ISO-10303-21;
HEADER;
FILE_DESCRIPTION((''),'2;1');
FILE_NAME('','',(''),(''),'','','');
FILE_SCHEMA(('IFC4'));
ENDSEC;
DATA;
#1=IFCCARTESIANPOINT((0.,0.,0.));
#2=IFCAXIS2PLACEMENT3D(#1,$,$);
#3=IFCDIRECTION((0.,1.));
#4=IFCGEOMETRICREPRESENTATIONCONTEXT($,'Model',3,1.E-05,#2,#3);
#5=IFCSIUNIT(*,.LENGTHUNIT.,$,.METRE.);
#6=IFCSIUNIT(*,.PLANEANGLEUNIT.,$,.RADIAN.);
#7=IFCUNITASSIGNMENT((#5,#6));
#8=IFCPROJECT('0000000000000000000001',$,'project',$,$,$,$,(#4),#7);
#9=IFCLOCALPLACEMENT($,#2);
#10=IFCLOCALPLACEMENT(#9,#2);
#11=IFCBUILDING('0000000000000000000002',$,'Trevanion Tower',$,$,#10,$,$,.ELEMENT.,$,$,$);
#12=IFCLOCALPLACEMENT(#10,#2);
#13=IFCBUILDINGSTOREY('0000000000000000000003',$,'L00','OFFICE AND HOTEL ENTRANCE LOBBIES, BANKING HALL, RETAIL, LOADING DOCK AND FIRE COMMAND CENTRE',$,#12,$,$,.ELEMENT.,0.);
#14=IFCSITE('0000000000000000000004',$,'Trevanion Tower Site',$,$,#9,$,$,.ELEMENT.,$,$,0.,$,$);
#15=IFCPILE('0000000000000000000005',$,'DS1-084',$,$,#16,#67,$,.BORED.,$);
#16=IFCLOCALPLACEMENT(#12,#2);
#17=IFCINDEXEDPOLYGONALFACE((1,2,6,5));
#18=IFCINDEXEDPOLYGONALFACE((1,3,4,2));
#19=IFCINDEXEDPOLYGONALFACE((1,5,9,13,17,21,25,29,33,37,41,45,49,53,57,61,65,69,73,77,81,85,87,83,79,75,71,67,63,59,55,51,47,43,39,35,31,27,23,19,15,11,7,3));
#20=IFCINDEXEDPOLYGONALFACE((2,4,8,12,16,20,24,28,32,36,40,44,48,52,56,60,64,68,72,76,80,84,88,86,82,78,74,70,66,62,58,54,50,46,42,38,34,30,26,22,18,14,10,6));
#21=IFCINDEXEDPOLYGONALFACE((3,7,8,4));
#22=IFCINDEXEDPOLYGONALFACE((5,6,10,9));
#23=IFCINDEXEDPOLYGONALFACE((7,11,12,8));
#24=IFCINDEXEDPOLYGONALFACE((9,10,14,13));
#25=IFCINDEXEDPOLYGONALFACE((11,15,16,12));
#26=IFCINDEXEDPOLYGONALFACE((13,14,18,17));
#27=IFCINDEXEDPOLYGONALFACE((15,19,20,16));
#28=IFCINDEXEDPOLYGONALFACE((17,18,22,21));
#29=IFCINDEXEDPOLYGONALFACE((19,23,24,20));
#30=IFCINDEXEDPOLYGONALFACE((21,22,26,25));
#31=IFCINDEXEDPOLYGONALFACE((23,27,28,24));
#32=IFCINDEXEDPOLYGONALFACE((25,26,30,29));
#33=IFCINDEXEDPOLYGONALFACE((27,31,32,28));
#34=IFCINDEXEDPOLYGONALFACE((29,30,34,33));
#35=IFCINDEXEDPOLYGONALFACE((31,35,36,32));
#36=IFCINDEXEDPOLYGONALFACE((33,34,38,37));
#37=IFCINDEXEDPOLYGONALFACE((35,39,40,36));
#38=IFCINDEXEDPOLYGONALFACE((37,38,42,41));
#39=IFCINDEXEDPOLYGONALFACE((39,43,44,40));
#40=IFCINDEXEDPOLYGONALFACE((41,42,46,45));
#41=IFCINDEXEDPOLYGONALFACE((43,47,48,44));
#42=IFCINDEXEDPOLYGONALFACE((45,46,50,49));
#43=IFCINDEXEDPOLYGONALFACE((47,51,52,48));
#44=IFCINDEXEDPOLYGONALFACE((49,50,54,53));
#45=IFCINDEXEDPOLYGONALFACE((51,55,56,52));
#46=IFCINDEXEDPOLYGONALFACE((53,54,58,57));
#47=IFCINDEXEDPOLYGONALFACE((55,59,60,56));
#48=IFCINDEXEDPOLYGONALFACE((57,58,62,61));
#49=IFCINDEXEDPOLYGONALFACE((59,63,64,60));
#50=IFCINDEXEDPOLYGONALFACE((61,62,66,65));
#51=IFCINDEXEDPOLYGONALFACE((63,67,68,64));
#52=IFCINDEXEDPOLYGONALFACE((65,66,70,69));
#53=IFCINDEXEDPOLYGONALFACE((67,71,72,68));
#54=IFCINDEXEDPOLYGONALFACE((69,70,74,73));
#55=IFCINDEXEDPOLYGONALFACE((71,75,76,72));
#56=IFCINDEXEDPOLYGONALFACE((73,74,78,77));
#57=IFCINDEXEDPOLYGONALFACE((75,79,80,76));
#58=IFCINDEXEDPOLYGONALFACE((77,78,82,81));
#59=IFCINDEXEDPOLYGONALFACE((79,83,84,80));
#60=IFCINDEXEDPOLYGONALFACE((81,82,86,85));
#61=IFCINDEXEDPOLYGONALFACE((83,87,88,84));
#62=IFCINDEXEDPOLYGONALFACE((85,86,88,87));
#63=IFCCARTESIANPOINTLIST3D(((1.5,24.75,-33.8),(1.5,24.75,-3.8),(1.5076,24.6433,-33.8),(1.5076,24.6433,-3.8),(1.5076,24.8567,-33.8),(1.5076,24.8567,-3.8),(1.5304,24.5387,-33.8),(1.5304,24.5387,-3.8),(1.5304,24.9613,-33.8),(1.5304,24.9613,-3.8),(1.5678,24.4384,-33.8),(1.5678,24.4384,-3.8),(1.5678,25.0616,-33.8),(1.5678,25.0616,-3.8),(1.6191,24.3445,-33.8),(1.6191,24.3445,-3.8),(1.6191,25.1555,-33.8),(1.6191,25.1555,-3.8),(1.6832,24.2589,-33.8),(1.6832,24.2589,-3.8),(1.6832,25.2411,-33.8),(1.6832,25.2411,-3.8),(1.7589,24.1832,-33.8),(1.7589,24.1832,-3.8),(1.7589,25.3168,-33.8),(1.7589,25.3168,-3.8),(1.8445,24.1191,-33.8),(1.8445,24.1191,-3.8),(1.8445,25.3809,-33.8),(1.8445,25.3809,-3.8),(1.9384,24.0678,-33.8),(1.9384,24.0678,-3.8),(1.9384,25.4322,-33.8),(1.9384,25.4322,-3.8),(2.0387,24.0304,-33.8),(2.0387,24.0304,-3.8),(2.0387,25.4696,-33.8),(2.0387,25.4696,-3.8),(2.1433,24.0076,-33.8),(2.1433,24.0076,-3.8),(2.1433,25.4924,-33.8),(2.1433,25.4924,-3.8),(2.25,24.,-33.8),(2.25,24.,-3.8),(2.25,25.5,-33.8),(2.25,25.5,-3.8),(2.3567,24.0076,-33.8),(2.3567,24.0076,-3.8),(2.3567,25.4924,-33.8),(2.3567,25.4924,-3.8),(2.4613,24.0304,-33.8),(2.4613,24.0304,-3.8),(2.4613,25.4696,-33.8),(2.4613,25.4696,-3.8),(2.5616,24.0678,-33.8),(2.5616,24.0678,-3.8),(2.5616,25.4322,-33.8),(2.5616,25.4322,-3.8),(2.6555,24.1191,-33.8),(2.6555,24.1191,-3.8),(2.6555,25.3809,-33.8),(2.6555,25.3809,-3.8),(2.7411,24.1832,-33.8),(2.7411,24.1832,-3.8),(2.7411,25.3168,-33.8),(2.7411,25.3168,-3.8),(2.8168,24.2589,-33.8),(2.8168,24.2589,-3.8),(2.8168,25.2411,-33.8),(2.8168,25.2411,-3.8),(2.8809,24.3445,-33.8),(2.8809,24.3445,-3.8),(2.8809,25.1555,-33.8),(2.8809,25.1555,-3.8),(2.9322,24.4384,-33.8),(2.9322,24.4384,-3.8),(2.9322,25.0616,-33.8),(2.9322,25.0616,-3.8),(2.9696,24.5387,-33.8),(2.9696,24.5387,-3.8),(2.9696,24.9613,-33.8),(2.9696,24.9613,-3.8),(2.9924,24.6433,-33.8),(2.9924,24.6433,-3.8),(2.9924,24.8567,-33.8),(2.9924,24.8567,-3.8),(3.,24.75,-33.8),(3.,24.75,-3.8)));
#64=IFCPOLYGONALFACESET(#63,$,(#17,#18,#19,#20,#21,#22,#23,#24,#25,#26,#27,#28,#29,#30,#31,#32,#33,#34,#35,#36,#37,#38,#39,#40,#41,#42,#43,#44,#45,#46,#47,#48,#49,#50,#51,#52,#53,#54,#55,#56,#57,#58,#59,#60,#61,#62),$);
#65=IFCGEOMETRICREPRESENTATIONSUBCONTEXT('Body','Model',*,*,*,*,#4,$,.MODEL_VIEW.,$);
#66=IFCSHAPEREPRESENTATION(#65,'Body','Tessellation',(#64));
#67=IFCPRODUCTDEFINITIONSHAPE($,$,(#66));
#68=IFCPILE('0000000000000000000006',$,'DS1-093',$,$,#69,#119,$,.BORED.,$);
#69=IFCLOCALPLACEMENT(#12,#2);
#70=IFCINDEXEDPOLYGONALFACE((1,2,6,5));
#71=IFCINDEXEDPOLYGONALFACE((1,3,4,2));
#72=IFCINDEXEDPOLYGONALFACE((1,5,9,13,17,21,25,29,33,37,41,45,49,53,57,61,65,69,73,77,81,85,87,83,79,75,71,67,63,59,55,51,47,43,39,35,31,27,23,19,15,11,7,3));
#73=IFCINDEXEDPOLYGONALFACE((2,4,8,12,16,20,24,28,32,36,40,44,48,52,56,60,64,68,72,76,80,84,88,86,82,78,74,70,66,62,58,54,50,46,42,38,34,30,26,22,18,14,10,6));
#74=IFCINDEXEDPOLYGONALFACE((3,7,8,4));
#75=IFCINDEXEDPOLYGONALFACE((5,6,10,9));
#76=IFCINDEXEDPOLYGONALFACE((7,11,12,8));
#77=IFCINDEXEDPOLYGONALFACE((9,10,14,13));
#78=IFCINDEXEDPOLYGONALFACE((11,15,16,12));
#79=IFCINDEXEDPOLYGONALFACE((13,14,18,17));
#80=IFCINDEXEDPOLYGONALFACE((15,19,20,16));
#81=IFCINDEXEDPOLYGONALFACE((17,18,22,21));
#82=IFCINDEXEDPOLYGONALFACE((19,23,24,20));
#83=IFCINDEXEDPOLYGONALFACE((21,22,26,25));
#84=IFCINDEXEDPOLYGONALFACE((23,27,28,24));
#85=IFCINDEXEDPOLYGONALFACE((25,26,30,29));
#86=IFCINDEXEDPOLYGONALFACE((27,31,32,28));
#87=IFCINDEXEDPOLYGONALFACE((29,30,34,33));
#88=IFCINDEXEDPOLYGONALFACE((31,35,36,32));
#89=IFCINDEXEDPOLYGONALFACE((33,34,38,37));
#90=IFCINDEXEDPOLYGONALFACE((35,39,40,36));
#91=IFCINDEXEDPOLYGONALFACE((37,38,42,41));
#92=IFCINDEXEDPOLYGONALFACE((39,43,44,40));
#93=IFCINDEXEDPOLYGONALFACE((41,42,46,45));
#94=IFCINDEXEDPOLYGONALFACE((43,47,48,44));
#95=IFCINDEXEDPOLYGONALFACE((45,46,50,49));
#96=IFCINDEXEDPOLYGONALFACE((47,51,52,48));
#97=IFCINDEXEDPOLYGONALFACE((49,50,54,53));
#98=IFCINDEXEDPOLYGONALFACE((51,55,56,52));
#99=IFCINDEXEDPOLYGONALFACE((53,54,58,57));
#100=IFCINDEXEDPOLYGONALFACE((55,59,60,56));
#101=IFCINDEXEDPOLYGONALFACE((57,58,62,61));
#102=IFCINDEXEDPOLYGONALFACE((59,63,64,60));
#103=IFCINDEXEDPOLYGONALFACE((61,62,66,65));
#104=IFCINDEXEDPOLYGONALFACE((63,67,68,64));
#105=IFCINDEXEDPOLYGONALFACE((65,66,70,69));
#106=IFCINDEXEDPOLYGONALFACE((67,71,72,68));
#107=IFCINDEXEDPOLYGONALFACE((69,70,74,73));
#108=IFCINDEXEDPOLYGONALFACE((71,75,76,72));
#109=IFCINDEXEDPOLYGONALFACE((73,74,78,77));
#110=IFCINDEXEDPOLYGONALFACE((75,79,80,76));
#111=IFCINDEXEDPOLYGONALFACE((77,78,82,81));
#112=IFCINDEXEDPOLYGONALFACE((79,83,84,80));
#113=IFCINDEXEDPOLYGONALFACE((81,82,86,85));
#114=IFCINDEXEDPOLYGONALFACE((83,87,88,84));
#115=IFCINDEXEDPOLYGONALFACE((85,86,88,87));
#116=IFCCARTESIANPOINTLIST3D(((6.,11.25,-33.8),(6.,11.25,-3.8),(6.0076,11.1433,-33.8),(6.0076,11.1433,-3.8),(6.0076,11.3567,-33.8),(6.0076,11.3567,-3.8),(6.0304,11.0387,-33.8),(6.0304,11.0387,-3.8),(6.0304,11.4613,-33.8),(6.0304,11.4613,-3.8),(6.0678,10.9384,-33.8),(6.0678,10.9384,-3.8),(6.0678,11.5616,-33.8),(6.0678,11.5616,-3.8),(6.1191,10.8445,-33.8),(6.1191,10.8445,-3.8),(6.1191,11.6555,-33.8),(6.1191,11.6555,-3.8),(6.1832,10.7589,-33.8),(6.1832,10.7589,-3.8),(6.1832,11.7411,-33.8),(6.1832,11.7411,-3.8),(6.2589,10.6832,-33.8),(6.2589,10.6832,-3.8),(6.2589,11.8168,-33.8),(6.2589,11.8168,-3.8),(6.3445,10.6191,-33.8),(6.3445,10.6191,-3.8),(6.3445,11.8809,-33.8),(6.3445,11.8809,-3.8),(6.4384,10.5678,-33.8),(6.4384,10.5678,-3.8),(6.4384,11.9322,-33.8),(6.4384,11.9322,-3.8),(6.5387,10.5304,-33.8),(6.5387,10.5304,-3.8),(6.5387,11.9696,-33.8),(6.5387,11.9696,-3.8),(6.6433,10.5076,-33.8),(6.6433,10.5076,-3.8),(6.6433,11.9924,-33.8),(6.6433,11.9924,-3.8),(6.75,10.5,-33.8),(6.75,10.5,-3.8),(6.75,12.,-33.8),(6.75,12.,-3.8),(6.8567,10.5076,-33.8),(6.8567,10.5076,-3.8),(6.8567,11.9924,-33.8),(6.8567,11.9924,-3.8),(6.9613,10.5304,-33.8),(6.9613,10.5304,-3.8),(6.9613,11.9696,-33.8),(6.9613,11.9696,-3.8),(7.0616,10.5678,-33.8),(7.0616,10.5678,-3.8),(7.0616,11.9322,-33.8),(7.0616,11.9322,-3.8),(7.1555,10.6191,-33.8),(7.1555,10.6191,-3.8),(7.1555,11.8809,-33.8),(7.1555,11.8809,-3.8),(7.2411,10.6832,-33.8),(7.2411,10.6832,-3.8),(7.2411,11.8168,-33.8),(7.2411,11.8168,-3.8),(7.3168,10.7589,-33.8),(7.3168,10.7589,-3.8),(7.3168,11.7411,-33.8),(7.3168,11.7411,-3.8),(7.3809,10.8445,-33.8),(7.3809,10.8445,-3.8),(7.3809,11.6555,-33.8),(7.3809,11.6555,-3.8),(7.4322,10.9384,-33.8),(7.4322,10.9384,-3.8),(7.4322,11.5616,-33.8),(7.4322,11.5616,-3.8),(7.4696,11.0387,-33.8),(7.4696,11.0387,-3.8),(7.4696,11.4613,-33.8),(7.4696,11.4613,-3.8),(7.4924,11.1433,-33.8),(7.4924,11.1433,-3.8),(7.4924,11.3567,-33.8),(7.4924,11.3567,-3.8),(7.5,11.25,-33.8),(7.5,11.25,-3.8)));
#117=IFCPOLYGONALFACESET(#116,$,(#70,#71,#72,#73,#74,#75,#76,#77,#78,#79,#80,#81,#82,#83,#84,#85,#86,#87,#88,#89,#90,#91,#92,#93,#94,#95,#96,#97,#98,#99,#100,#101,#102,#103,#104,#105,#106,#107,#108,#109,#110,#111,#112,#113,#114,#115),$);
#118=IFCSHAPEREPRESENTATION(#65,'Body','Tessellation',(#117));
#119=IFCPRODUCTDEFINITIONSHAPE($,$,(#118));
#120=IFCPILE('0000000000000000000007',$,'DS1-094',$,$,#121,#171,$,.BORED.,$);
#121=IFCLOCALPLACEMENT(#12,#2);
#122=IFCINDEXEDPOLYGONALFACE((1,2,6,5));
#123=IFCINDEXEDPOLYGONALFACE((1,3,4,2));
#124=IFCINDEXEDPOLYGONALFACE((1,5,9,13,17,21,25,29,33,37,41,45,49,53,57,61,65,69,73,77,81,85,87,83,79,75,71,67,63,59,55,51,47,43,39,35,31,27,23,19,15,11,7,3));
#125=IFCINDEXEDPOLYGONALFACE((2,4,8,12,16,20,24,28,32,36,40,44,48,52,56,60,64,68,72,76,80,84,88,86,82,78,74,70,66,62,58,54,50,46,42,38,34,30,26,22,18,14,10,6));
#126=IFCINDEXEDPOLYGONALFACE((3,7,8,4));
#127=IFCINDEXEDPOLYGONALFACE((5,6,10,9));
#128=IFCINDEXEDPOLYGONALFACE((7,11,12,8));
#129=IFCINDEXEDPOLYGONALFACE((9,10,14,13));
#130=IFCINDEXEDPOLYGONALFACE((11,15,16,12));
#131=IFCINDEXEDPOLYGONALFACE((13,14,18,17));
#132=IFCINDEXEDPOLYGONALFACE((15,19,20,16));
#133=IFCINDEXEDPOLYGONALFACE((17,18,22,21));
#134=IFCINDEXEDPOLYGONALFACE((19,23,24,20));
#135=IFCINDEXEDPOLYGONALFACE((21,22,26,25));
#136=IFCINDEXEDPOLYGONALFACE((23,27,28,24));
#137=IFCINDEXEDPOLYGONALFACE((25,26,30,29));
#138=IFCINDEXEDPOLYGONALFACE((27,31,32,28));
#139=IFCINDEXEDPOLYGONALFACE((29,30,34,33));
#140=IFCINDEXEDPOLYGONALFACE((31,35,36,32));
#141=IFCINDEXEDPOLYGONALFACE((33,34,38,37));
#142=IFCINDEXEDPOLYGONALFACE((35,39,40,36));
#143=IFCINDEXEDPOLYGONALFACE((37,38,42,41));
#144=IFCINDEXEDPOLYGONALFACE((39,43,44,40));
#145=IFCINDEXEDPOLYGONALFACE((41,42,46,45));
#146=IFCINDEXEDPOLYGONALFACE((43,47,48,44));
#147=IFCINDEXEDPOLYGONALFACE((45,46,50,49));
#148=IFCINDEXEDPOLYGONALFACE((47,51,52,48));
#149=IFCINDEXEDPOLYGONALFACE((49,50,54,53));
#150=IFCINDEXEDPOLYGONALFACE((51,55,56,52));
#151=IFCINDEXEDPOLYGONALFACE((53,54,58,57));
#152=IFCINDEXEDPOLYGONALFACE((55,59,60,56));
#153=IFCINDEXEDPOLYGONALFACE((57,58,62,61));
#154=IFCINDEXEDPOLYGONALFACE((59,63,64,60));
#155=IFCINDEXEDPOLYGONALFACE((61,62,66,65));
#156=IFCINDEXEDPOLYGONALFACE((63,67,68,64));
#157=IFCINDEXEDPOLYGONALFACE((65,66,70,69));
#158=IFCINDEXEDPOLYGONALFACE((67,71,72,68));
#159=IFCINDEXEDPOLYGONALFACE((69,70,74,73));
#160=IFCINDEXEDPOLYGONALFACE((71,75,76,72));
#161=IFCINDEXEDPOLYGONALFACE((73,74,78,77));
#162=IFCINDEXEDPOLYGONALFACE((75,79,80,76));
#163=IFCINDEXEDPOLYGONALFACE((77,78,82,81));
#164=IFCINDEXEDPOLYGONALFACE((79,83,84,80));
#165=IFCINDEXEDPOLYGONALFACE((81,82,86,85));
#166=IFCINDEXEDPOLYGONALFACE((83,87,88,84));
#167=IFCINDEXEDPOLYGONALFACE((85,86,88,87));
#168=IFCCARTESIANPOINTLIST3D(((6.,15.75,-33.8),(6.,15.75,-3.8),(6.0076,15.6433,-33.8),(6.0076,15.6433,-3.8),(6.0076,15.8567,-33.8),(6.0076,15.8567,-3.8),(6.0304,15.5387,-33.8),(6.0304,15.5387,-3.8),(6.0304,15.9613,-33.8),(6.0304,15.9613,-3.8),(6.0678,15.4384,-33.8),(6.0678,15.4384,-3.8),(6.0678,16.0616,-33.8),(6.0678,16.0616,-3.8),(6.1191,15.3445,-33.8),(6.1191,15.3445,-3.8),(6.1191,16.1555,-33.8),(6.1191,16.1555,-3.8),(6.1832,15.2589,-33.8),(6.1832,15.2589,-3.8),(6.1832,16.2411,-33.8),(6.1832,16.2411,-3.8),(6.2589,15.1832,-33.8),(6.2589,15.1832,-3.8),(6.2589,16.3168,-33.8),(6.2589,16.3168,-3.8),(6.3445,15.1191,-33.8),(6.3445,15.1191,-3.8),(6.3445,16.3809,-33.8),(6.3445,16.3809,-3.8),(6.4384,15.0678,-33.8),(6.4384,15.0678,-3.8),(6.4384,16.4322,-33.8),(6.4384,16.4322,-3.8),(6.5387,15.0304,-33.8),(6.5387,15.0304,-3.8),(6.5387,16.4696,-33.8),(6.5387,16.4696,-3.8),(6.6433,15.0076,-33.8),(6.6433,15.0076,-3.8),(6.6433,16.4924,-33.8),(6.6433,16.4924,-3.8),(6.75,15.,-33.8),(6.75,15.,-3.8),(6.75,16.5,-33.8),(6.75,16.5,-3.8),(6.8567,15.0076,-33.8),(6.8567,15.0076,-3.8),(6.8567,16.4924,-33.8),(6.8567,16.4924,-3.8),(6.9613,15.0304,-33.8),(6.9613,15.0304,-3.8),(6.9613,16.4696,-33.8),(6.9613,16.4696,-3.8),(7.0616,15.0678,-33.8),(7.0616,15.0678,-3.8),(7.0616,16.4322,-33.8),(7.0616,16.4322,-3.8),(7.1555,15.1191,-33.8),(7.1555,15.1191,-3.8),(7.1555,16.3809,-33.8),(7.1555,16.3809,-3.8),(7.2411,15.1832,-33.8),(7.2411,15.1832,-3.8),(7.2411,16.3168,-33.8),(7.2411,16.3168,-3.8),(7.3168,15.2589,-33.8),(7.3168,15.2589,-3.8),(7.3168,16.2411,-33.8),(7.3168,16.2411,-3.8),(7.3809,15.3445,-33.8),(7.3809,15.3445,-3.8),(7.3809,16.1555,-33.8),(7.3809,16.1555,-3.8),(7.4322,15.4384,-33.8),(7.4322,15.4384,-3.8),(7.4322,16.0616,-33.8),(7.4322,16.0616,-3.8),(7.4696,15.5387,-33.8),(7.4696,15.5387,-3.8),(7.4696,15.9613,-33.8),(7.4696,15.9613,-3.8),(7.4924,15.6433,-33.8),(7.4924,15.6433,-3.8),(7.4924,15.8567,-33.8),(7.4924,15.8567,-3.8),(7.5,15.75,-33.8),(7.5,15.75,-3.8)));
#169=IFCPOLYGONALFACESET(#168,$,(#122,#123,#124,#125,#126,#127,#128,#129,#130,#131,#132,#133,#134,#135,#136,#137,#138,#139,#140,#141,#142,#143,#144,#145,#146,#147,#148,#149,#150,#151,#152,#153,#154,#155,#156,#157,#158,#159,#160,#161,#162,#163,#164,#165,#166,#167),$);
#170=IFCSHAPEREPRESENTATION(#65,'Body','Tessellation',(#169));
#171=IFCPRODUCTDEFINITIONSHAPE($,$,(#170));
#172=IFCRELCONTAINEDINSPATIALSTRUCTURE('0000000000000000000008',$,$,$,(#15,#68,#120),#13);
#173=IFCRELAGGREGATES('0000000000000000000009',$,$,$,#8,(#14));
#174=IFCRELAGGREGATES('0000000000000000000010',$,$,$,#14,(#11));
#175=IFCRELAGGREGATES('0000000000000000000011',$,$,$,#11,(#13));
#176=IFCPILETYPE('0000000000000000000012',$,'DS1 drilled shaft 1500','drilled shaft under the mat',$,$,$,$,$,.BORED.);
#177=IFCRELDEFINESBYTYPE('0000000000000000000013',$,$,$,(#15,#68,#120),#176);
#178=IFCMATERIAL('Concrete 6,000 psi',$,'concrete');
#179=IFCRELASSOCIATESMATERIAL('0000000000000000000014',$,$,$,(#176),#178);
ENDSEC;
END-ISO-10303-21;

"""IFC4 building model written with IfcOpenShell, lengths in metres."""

from ifc_helpers import new_model, si_unit, direction, frame, origin, origin_2d, place, context, subcontext, project, spatial, circle, extrude, material, material_profile, profile_set, type_object, element, save


model = new_model("IFC4")

# Units and contexts
model_context = context("Model", 3, precision=1e-05, world=origin(), true_north=direction((0.0, 1.0)))
body_context = subcontext(model_context, "Body", "Model", "MODEL_VIEW")
ifc_project = project(units=[si_unit("LENGTHUNIT", "METRE"), si_unit("PLANEANGLEUNIT", "RADIAN")], contexts=[model_context])

# Site, building, storey
site_placement = place(None, origin())
site = spatial("IfcSite", under=ifc_project, at=site_placement, Name="Trevanion Tower Site", CompositionType="ELEMENT", RefElevation=0.0)
building_placement = place(site_placement, origin())
building = spatial("IfcBuilding", under=site, at=building_placement, Name="Trevanion Tower", CompositionType="ELEMENT")
storey_placement = place(building_placement, origin())
storey = spatial("IfcBuildingStorey", under=building, at=storey_placement, Name="L00", Description="OFFICE AND HOTEL ENTRANCE LOBBIES, BANKING HALL, RETAIL, LOADING DOCK AND FIRE COMMAND CENTRE", CompositionType="ELEMENT", Elevation=0.0)

# Piles
ifc_material_1 = material(Name="Concrete 6,000 psi", Category="concrete")
ifc_material_profile_1 = material_profile(ifc_material_1, circle(Radius=0.75, at=origin_2d()), Name="DS1 drilled shaft 1500")
ifc_profile_set_1 = profile_set([ifc_material_profile_1], Name="Concrete 6,000 psi")
pile_type = type_object("IfcPileType", Name="DS1 drilled shaft 1500", Description="drilled shaft under the mat", PredefinedType="BORED", material=ifc_profile_set_1)
for number, where, z_axis, x_axis, name in (
    (1, (2.25, 24.75, -3.8), (0.0, 0.0, -1.0), (1.0, 0.0, 0.0), "DS1-084"),
    (2, (6.75, 11.25, -3.8), (0.0, 0.0, -1.0), (1.0, 0.0, 0.0), "DS1-093"),
    (3, (6.75, 15.75, -3.8), (0.0, 0.0, -1.0), (1.0, 0.0, 0.0), "DS1-094"),
):
    element("IfcPile", number, at=place(storey_placement, frame(where, z_axis=z_axis, x_axis=x_axis)), inside=storey, type_object=pile_type, Name=name, PredefinedType="BORED", context=body_context, shape_type="SweptSolid", body=[
        extrude(circle(Radius=0.75, at=origin_2d()), origin(), (0.0, 0.0, 1.0), 30.0),
    ])

save(model, "model.ifc")
